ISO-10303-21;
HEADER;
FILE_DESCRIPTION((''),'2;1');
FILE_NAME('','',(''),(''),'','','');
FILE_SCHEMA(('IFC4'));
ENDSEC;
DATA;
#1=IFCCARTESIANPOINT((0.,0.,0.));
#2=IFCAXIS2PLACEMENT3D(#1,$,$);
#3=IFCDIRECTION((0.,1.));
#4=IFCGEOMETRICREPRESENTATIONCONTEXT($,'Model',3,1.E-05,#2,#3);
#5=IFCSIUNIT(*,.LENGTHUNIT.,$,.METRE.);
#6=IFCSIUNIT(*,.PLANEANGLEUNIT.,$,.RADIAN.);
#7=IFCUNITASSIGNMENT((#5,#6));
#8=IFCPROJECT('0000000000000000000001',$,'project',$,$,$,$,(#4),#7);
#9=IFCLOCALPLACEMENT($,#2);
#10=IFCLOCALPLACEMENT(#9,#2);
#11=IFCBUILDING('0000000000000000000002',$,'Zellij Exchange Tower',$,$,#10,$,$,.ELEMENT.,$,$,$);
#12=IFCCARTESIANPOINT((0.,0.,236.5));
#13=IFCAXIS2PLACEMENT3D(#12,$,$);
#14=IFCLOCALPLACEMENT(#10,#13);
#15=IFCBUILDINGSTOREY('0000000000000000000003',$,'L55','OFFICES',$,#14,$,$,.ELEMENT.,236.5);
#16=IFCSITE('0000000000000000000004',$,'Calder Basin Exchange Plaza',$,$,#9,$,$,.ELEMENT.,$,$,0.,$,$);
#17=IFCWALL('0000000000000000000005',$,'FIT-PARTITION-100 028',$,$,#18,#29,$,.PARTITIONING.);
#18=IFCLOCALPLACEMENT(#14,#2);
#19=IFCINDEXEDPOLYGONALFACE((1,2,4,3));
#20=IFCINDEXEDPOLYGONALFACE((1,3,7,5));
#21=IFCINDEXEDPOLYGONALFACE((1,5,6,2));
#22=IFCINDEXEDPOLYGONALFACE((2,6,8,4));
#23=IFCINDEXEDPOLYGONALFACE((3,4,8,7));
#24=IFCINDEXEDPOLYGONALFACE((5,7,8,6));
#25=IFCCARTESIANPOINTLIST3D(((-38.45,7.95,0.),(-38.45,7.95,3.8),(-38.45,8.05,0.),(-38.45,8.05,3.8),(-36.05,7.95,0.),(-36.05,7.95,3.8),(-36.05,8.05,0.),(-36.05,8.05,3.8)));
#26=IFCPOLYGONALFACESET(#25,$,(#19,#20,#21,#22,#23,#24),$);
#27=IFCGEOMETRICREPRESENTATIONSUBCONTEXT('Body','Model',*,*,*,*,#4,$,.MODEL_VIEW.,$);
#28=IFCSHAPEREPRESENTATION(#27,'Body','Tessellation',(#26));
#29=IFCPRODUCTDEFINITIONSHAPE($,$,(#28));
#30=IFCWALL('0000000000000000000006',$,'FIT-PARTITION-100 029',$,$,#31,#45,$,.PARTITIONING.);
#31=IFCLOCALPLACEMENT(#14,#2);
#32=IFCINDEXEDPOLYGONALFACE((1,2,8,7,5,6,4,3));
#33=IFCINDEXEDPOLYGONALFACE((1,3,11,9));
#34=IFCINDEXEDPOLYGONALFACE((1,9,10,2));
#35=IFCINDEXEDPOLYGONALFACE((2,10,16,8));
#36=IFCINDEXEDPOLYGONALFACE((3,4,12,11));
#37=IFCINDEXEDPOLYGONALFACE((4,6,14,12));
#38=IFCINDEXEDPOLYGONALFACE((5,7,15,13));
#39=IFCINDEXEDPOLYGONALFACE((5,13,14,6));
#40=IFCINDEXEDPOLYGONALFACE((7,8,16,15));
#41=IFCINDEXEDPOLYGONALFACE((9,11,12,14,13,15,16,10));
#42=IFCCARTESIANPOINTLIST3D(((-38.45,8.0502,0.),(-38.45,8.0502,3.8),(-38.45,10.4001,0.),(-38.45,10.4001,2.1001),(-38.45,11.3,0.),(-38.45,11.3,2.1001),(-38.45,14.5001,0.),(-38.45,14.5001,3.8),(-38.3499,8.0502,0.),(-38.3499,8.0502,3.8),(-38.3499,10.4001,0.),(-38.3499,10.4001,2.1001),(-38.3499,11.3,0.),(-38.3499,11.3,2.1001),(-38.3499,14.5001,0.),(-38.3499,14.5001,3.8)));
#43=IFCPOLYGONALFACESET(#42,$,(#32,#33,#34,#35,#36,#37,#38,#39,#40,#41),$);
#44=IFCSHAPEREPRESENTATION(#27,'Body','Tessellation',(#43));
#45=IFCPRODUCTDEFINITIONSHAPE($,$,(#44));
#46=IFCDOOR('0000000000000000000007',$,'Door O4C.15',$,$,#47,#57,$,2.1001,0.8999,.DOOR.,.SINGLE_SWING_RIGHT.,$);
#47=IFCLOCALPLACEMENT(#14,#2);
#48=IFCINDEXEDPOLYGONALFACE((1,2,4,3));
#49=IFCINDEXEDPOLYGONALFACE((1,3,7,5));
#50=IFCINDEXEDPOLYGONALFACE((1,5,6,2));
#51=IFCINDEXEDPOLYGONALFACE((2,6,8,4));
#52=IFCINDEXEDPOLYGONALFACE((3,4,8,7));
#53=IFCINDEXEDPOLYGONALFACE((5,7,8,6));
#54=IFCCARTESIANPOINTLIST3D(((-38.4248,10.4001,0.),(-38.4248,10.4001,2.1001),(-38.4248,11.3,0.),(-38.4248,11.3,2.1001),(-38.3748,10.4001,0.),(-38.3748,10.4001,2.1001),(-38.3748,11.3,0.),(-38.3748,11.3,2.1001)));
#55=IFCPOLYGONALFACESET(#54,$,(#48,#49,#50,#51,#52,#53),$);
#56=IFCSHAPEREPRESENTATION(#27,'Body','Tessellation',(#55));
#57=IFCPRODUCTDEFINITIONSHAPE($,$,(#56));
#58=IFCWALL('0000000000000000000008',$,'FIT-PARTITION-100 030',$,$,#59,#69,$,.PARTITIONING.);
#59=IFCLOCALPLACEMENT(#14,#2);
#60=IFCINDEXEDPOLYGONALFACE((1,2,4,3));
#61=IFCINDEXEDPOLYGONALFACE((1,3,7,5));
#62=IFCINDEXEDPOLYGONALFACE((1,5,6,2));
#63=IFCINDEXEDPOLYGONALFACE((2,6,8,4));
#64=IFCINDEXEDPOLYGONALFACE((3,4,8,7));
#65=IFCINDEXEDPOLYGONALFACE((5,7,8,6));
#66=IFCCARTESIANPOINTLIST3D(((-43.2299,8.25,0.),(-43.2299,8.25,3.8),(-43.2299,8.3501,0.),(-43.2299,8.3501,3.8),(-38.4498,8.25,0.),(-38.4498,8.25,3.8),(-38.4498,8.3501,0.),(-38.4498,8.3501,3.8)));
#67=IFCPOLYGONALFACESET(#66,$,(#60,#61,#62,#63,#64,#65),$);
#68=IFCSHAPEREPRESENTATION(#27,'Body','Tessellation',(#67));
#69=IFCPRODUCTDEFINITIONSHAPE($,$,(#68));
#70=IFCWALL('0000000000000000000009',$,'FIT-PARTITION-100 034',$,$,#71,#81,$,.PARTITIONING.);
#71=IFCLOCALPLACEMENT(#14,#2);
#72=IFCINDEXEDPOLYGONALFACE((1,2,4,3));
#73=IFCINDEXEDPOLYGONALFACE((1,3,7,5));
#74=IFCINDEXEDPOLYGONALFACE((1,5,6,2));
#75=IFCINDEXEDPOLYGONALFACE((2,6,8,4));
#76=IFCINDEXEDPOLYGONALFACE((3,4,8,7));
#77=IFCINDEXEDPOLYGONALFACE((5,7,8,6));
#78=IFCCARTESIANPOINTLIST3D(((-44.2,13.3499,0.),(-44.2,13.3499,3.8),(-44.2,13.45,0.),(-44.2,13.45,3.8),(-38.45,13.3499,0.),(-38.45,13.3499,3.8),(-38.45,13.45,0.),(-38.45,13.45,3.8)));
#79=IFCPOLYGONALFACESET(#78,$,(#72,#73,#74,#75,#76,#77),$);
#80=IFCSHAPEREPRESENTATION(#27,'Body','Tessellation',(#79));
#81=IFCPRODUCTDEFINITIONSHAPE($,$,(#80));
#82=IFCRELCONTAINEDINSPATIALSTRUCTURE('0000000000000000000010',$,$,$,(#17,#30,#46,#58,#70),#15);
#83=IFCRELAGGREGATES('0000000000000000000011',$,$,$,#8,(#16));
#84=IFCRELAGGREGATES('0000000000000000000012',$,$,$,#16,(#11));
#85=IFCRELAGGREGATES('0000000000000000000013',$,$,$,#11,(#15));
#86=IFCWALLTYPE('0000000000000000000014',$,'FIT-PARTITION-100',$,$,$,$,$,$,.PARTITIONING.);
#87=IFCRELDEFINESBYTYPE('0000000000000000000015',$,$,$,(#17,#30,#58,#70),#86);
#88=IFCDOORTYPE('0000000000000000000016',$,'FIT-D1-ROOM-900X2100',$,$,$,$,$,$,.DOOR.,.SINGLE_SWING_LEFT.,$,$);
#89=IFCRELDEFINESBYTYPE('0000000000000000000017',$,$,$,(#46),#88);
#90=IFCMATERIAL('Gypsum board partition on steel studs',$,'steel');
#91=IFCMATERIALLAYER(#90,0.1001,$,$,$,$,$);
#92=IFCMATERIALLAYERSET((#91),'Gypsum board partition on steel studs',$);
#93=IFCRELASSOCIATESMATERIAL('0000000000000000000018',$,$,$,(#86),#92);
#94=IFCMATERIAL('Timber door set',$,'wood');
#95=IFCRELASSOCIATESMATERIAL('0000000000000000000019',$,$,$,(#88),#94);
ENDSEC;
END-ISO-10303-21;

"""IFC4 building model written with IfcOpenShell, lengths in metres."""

from ifc_helpers import new_model, si_unit, direction, frame, frame_2d, origin, place, context, subcontext, project, spatial, rectangle, extrude, material, layer, layer_set, type_object, element, fill, save


model = new_model("IFC4")

# Units and contexts
model_context = context("Model", 3, precision=1e-05, world=origin(), true_north=direction((0.0, 1.0)))
body_context = subcontext(model_context, "Body", "Model", "MODEL_VIEW")
ifc_project = project(units=[si_unit("LENGTHUNIT", "METRE"), si_unit("PLANEANGLEUNIT", "RADIAN")], contexts=[model_context])

# Site, building, storey
site_placement = place(None, origin())
site = spatial("IfcSite", under=ifc_project, at=site_placement, Name="Calder Basin Exchange Plaza", CompositionType="ELEMENT", RefElevation=0.0)
building_placement = place(site_placement, origin())
building = spatial("IfcBuilding", under=site, at=building_placement, Name="Zellij Exchange Tower", CompositionType="ELEMENT")
storey_placement = place(building_placement, frame((0.0, 0.0, 236.5)))
storey = spatial("IfcBuildingStorey", under=building, at=storey_placement, Name="L55", Description="OFFICES", CompositionType="ELEMENT", Elevation=236.5)

# Shared definitions
ifc_material_1 = material(Name="Timber door set", Category="wood")

# Shared definitions
ifc_material_2 = material(Name="Gypsum board partition on steel studs", Category="steel")
ifc_layer_1 = layer(ifc_material_2, 0.1001)
ifc_layer_set_1 = layer_set([ifc_layer_1], Name="Gypsum board partition on steel studs")
wall_type_1 = type_object("IfcWallType", Name="FIT-PARTITION-100", PredefinedType="PARTITIONING", material=ifc_layer_set_1)

# Wall
wall_1_placement = place(storey_placement, frame((-38.45, 8.0, 0.0), z_axis=(0.0, 0.0, 1.0), x_axis=(1.0, 0.0, 0.0)))
element("IfcWall", 1, at=wall_1_placement, inside=storey, type_object=wall_type_1, Name="FIT-PARTITION-100 028", PredefinedType="PARTITIONING", context=body_context, shape_type="SweptSolid", body=[
    extrude(rectangle(XDim=2.3999, YDim=0.1001, at=frame_2d((1.2, 0.0))), origin(), (0.0, 0.0, 1.0), 3.8),
])

# Wall, opening, door
wall_2_placement = place(storey_placement, frame((-38.3999, 8.05, 0.0), z_axis=(0.0, 0.0, 1.0), x_axis=(0.0, 1.0, 0.0)))
wall_2 = element("IfcWall", 2, at=wall_2_placement, inside=storey, type_object=wall_type_1, Name="FIT-PARTITION-100 029", PredefinedType="PARTITIONING", context=body_context, shape_type="SweptSolid", body=[
    extrude(rectangle(XDim=6.45, YDim=0.1001, at=frame_2d((3.2251, 0.0))), origin(), (0.0, 0.0, 1.0), 3.8),
])
opening_1_placement = place(wall_2_placement, frame((2.3501, 0.0, 0.0)))
opening_1 = element("IfcOpeningElement", 3, at=opening_1_placement, cuts=wall_2, PredefinedType="OPENING", context=body_context, shape_type="SweptSolid", body=[
    extrude(rectangle(XDim=0.8999, YDim=2.1001, at=frame_2d((0.45, 1.05))), frame((0.0, 0.062, 0.0), z_axis=(0.0, -1.0, 0.0), x_axis=(1.0, 0.0, 0.0)), (0.0, 0.0, 1.0), 0.124),
])
door_type_1 = type_object("IfcDoorType", Name="FIT-D1-ROOM-900X2100", OperationType="SINGLE_SWING_LEFT", PredefinedType="DOOR", material=ifc_material_1)
door_1_placement = place(opening_1_placement, origin())
door_1 = element("IfcDoor", 4, at=door_1_placement, inside=storey, type_object=door_type_1, Name="Door O4C.15", OperationType="SINGLE_SWING_RIGHT", OverallHeight=2.1001, OverallWidth=0.8999, PredefinedType="DOOR", context=body_context, shape_type="SweptSolid", body=[
    extrude(rectangle(XDim=0.8999, YDim=2.1001, at=frame_2d((0.45, 1.05))), frame((0.0, 0.0249, 0.0), z_axis=(0.0, -1.0, 0.0), x_axis=(1.0, 0.0, 0.0)), (0.0, 0.0, 1.0), 0.05),
])
fill(opening_1, door_1)

# Walls
wall_3_placement = place(storey_placement, frame((-43.23, 8.3, 0.0), z_axis=(0.0, 0.0, 1.0), x_axis=(1.0, 0.0, 0.0)))
element("IfcWall", 5, at=wall_3_placement, inside=storey, type_object=wall_type_1, Name="FIT-PARTITION-100 030", PredefinedType="PARTITIONING", context=body_context, shape_type="SweptSolid", body=[
    extrude(rectangle(XDim=4.78, YDim=0.1001, at=frame_2d((2.3901, 0.0))), origin(), (0.0, 0.0, 1.0), 3.8),
])
wall_4_placement = place(storey_placement, frame((-44.2, 13.3999, 0.0), z_axis=(0.0, 0.0, 1.0), x_axis=(1.0, 0.0, 0.0)))
element("IfcWall", 6, at=wall_4_placement, inside=storey, type_object=wall_type_1, Name="FIT-PARTITION-100 034", PredefinedType="PARTITIONING", context=body_context, shape_type="SweptSolid", body=[
    extrude(rectangle(XDim=5.75, YDim=0.1001, at=frame_2d((2.875, 0.0))), origin(), (0.0, 0.0, 1.0), 3.8),
])

save(model, "model.ifc")
